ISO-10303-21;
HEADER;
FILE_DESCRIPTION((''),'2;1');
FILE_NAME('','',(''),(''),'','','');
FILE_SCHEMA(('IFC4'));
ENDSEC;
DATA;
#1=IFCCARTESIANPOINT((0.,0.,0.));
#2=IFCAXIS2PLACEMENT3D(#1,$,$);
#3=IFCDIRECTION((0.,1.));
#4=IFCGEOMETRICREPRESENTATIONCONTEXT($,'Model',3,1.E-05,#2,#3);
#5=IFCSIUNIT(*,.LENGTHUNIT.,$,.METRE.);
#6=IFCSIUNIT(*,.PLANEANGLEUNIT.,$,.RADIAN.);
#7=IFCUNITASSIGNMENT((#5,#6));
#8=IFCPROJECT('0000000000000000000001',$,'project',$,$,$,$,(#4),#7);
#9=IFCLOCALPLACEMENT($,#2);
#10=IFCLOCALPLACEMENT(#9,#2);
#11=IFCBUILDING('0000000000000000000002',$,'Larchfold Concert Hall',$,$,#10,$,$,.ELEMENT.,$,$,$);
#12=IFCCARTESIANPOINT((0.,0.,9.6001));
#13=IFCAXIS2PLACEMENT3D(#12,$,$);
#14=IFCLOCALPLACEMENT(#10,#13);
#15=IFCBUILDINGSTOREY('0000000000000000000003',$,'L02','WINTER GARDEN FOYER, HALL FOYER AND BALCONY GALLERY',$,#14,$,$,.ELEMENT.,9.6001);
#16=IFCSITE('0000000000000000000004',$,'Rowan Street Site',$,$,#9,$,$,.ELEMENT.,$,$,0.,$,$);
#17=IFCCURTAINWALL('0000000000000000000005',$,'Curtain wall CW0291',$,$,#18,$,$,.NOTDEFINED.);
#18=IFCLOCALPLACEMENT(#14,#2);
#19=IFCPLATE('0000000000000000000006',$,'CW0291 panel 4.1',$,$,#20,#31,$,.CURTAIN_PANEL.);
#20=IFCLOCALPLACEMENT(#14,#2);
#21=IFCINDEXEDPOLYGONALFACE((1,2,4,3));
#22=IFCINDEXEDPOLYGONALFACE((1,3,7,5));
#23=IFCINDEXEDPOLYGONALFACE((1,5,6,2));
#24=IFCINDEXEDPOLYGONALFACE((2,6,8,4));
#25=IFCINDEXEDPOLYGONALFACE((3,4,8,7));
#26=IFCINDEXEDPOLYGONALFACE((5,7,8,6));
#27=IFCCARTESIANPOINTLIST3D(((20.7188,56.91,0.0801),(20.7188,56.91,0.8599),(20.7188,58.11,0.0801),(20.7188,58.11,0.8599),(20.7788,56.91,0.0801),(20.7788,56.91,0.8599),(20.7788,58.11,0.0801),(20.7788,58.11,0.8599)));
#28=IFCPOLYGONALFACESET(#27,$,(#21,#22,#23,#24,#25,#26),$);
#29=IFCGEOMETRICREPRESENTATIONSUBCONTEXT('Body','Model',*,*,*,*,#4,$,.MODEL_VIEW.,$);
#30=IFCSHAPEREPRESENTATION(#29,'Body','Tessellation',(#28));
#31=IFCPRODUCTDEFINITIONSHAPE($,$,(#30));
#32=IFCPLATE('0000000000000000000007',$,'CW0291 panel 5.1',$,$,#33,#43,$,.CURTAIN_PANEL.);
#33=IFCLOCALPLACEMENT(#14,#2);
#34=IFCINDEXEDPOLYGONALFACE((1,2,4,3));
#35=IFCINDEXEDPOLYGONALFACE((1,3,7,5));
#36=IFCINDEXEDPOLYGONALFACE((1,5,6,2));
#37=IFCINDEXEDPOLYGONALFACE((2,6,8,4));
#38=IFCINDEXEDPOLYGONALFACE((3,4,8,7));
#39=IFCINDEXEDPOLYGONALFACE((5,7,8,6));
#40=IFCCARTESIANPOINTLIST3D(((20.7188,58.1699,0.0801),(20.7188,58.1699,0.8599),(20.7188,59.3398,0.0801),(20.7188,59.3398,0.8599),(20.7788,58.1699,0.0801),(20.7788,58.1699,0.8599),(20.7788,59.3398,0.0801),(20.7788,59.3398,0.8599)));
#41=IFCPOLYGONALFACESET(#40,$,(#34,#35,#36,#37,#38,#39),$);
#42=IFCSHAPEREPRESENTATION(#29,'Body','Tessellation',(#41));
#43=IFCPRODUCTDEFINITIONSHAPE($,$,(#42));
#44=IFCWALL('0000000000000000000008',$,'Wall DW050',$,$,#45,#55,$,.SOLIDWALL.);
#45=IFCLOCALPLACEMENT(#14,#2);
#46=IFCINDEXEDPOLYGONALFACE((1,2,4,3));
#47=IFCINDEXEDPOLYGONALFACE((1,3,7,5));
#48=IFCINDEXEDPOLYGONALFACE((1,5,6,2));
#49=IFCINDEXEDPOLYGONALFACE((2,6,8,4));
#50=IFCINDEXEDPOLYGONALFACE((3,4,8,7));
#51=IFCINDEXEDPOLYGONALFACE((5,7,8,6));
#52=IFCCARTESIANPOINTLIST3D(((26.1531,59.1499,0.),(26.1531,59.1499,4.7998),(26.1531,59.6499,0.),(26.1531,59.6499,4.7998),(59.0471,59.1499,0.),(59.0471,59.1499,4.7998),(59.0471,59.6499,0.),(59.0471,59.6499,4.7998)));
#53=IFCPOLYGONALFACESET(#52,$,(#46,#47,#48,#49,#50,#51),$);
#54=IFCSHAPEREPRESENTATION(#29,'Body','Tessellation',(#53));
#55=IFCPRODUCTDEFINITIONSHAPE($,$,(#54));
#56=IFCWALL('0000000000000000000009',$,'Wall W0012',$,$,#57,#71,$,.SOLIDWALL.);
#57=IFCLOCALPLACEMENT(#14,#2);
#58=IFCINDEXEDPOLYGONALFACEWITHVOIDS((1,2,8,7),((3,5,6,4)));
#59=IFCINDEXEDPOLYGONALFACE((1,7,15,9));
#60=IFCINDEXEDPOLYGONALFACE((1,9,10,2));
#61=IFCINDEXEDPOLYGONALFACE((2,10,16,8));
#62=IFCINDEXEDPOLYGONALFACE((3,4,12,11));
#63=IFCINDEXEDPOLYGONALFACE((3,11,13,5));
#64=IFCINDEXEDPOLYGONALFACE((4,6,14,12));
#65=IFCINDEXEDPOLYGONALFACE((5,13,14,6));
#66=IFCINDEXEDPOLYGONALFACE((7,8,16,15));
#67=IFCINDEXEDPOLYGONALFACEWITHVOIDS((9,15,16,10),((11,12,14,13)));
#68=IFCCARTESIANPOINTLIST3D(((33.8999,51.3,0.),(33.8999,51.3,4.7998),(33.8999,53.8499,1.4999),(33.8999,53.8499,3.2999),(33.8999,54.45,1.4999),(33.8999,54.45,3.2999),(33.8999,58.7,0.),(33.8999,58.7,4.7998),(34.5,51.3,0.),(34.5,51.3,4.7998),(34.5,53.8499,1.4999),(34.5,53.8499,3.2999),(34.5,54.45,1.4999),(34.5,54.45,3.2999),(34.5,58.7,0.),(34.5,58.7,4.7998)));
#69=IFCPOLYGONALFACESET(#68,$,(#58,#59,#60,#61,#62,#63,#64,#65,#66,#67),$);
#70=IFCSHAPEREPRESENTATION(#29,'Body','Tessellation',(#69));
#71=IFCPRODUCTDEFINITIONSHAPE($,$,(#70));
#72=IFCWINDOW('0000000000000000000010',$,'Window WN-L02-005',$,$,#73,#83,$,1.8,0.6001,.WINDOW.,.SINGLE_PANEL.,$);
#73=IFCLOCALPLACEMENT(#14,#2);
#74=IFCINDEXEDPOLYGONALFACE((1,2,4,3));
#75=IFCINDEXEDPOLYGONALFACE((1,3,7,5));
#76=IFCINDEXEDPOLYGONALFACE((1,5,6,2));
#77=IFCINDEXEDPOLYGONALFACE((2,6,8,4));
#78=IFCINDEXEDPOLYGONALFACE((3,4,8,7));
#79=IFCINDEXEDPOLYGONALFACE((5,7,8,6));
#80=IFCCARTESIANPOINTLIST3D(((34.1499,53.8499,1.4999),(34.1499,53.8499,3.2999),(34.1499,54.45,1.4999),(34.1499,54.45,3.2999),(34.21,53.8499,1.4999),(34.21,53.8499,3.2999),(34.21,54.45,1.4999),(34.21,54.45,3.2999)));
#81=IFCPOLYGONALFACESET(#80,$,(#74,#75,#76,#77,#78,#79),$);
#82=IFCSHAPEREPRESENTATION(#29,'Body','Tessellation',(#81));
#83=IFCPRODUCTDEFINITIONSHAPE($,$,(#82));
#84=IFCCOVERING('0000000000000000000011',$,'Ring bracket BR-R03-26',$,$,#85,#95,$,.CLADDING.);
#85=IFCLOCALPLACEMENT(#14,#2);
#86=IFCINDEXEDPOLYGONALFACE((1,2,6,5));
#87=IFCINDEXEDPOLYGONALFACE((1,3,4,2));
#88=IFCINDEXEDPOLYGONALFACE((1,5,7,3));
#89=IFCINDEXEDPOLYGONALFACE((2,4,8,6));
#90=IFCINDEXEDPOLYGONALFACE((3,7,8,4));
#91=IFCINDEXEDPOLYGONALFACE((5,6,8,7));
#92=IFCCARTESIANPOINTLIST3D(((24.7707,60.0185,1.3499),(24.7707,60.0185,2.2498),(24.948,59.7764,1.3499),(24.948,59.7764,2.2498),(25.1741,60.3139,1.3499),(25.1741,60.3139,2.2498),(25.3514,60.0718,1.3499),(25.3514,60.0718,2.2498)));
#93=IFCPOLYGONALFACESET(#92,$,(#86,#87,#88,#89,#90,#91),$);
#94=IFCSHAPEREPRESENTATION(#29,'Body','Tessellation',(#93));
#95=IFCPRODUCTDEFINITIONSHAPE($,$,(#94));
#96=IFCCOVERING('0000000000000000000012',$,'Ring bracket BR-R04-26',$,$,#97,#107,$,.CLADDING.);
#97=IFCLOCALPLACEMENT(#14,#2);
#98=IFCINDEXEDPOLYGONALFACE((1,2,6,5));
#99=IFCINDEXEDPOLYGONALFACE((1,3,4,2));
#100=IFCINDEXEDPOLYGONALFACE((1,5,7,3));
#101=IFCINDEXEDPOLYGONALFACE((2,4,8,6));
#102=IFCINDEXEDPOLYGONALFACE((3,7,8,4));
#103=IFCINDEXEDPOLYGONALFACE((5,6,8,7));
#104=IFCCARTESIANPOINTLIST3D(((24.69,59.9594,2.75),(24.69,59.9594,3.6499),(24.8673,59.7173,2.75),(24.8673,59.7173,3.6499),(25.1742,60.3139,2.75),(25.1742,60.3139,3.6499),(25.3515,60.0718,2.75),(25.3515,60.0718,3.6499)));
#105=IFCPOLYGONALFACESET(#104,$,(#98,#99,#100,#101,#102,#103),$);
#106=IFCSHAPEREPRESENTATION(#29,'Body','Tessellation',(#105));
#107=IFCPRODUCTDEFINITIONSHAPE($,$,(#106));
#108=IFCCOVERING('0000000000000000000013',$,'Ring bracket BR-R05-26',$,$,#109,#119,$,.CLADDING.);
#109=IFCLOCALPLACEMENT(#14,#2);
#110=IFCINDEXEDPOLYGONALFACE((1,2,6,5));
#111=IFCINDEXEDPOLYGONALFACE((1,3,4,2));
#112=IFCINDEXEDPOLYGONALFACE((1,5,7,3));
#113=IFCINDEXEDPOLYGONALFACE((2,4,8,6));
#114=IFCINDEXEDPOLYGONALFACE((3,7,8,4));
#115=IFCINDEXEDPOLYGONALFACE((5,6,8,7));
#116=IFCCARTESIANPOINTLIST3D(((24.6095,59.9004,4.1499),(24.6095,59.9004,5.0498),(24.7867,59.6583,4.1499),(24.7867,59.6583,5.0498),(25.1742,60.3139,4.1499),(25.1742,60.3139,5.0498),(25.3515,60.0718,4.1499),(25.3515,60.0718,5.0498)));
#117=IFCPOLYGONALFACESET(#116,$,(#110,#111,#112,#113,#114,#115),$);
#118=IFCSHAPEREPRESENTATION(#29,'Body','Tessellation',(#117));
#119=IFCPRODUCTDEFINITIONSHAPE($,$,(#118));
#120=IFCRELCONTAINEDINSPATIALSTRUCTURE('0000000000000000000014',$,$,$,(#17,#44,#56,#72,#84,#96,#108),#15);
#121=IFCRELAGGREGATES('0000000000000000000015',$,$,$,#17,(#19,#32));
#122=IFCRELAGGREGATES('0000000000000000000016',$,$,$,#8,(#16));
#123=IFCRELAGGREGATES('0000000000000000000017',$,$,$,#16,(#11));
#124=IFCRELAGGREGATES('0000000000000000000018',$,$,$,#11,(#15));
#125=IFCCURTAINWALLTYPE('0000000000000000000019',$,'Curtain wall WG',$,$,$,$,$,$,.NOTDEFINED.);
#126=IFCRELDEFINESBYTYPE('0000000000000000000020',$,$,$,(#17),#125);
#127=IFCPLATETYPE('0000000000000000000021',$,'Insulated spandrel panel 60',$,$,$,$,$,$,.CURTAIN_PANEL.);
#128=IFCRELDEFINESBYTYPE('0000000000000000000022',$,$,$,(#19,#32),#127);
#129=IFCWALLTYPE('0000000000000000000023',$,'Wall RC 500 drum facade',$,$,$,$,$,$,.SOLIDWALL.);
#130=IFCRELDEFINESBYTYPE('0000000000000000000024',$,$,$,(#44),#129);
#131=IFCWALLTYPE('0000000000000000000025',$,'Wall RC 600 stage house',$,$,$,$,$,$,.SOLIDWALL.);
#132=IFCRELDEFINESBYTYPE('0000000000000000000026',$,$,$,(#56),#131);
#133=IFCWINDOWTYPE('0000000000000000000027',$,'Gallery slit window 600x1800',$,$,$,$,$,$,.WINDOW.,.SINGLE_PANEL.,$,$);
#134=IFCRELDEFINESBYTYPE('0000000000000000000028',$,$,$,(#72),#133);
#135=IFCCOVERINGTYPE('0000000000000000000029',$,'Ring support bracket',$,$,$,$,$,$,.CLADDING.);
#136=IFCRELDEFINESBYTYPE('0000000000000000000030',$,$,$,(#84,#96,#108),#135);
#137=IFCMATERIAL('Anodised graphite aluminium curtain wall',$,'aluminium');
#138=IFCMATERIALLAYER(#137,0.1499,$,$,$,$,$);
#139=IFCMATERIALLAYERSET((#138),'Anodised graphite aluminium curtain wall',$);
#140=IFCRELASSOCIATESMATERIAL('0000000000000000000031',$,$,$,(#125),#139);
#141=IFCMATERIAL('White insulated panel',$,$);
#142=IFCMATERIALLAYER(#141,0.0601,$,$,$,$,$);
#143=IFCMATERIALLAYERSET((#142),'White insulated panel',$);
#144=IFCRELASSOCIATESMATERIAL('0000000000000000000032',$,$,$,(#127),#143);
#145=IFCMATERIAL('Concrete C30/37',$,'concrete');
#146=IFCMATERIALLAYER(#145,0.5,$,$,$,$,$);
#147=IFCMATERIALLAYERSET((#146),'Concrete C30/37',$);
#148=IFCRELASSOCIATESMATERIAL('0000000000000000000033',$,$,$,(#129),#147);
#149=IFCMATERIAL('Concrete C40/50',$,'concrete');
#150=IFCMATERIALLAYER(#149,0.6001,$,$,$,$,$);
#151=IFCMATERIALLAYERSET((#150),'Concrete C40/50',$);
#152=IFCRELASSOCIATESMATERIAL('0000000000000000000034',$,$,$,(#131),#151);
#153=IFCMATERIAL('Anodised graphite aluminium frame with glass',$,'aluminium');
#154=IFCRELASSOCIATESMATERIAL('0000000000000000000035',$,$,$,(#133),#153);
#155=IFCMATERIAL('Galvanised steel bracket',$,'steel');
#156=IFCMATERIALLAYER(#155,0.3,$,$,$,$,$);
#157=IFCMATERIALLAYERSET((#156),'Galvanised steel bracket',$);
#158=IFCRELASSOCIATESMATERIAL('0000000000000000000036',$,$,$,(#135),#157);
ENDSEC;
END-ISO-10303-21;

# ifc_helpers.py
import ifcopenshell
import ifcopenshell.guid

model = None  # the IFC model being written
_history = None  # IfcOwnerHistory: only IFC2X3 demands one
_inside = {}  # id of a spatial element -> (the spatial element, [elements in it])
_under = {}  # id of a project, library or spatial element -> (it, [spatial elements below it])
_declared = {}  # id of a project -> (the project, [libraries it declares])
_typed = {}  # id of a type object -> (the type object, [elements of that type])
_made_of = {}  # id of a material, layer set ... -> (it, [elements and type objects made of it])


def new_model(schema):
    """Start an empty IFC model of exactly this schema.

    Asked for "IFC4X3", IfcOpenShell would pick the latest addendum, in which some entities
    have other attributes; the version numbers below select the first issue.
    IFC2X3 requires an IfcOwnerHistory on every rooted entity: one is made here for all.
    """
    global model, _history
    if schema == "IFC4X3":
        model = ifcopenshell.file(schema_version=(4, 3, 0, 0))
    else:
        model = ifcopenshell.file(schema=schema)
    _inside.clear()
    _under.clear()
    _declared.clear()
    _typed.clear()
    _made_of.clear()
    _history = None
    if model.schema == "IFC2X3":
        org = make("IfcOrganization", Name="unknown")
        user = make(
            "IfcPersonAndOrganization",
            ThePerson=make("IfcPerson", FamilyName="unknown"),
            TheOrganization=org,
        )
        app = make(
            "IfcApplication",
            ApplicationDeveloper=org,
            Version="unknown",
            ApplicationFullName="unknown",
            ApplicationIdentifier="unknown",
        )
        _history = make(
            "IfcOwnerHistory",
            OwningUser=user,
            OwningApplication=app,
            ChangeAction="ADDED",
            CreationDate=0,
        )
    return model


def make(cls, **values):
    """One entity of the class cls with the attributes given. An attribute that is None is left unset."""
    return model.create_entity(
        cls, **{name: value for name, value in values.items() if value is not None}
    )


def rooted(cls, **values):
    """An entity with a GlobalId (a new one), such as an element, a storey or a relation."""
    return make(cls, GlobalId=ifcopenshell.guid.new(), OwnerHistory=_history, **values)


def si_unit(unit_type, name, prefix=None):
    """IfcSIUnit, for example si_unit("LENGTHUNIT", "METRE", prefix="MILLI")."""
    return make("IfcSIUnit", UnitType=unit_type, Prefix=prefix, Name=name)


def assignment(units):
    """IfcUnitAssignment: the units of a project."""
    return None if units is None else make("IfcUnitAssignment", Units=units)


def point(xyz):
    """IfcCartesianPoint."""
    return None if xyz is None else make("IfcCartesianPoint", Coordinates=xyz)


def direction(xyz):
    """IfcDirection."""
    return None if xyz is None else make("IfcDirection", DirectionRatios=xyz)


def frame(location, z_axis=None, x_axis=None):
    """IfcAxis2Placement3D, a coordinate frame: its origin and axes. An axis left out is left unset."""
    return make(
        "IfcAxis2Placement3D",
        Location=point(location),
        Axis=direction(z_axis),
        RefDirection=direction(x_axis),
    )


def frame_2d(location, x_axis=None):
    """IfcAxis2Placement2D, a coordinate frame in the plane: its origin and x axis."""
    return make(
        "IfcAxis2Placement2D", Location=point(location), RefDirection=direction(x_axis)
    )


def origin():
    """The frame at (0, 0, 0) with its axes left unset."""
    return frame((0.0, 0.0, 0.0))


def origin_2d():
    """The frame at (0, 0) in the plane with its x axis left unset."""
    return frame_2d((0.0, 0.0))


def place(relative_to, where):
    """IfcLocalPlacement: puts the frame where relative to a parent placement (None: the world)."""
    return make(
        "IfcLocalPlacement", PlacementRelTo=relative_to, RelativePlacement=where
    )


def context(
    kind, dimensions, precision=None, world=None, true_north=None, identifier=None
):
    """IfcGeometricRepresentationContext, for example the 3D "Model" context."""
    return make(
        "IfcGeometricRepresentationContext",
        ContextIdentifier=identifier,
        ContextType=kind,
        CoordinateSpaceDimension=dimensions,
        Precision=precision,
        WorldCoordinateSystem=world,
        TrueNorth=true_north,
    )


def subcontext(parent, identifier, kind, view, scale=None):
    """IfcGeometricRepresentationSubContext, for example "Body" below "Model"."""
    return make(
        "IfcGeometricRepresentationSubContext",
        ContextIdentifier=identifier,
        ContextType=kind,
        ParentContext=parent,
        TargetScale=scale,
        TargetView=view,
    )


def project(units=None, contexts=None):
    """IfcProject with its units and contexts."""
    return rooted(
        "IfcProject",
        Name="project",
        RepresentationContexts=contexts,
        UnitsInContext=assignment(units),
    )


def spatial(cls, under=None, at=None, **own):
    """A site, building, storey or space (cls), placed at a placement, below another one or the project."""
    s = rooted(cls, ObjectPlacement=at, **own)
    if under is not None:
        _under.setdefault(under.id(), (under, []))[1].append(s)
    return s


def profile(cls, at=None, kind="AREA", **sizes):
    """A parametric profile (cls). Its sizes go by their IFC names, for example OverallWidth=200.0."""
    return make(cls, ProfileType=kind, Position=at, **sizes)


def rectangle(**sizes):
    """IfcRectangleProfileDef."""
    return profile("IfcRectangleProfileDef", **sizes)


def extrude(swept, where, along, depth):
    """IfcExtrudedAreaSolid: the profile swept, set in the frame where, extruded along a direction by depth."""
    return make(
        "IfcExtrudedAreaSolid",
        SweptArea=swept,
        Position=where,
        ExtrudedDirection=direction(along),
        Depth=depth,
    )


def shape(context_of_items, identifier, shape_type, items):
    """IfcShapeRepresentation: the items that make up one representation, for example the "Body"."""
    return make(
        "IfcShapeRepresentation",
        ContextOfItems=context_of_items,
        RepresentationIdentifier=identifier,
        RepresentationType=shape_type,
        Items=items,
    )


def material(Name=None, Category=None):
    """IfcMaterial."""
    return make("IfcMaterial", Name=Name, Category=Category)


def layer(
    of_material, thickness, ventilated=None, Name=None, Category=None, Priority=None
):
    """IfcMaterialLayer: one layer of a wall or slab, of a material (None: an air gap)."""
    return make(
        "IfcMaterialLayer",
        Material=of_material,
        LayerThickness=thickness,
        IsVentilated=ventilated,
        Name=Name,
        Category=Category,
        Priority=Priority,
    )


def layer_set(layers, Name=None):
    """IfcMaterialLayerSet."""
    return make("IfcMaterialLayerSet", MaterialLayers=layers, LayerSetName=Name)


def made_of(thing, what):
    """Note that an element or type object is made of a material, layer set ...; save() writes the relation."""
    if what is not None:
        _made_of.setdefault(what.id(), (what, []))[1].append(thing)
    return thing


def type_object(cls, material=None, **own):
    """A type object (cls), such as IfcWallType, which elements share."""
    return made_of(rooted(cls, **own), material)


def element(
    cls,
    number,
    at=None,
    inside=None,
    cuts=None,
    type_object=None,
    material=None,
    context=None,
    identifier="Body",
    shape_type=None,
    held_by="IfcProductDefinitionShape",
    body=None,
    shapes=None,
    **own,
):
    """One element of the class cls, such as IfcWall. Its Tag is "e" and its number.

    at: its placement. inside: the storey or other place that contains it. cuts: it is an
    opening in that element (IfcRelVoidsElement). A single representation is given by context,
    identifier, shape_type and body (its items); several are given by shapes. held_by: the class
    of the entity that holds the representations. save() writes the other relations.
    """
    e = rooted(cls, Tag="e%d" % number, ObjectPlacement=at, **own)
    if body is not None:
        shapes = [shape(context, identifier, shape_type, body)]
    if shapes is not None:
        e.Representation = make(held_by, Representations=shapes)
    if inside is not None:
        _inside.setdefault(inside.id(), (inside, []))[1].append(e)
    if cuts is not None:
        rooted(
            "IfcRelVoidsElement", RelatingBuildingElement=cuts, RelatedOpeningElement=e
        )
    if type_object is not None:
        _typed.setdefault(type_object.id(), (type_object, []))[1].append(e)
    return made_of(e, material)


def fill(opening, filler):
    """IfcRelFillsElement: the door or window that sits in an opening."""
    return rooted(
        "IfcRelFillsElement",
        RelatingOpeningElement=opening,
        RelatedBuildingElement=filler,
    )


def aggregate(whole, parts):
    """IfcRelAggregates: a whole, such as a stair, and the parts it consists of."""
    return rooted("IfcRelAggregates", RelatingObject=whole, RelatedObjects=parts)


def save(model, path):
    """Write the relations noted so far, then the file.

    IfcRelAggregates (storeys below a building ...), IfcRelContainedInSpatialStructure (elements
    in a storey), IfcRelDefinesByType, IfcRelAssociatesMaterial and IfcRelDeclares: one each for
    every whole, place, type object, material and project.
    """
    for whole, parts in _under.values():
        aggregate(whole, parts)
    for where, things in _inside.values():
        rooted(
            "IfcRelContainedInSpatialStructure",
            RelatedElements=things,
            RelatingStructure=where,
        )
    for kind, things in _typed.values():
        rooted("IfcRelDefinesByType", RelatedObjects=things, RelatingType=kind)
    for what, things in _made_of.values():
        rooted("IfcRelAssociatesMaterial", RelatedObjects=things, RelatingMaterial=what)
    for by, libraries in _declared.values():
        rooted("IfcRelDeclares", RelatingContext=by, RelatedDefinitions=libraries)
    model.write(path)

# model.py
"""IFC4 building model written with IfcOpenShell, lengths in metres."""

from ifc_helpers import new_model, si_unit, direction, frame, frame_2d, origin, origin_2d, place, context, subcontext, project, spatial, rectangle, extrude, material, layer, layer_set, type_object, element, fill, aggregate, save


model = new_model("IFC4")

# Units and contexts
model_context = context("Model", 3, precision=1e-05, world=origin(), true_north=direction((0.0, 1.0)))
body_context = subcontext(model_context, "Body", "Model", "MODEL_VIEW")
ifc_project = project(units=[si_unit("LENGTHUNIT", "METRE"), si_unit("PLANEANGLEUNIT", "RADIAN")], contexts=[model_context])

# Site, building, storey
site_placement = place(None, origin())
site = spatial("IfcSite", under=ifc_project, at=site_placement, Name="Rowan Street Site", CompositionType="ELEMENT", RefElevation=0.0)
building_placement = place(site_placement, origin())
building = spatial("IfcBuilding", under=site, at=building_placement, Name="Larchfold Concert Hall", CompositionType="ELEMENT")
storey_placement = place(building_placement, frame((0.0, 0.0, 9.6001)))
storey = spatial("IfcBuildingStorey", under=building, at=storey_placement, Name="L02", Description="WINTER GARDEN FOYER, HALL FOYER AND BALCONY GALLERY", CompositionType="ELEMENT", Elevation=9.6001)

# Curtain wall
ifc_material_1 = material(Name="Anodised graphite aluminium curtain wall", Category="aluminium")
ifc_layer_1 = layer(ifc_material_1, 0.1499)
ifc_layer_set_1 = layer_set([ifc_layer_1], Name="Anodised graphite aluminium curtain wall")
curtain_wall_type = type_object("IfcCurtainWallType", Name="Curtain wall WG", PredefinedType="NOTDEFINED", material=ifc_layer_set_1)
curtain_wall_placement = place(storey_placement, origin())
curtain_wall = element("IfcCurtainWall", 1, at=curtain_wall_placement, inside=storey, type_object=curtain_wall_type, Name="Curtain wall CW0291", PredefinedType="NOTDEFINED")

# Plates
ifc_material_2 = material(Name="White insulated panel")
ifc_layer_2 = layer(ifc_material_2, 0.0601)
ifc_layer_set_2 = layer_set([ifc_layer_2], Name="White insulated panel")
plate_type_1 = type_object("IfcPlateType", Name="Insulated spandrel panel 60", PredefinedType="CURTAIN_PANEL", material=ifc_layer_set_2)
plate_1_placement = place(storey_placement, frame((20.7488, 57.51, 0.0801), z_axis=(0.0, 0.0, 1.0), x_axis=(0.0, 1.0, 0.0)))
plate_1 = element("IfcPlate", 2, at=plate_1_placement, type_object=plate_type_1, Name="CW0291 panel 4.1", PredefinedType="CURTAIN_PANEL", context=body_context, shape_type="SweptSolid", body=[
    extrude(rectangle(XDim=1.2, YDim=0.0601, at=origin_2d()), origin(), (0.0, 0.0, 1.0), 0.7798),
])
plate_2_placement = place(storey_placement, frame((20.7488, 58.7549, 0.0801), z_axis=(0.0, 0.0, 1.0), x_axis=(0.0, 1.0, 0.0)))
plate_2 = element("IfcPlate", 3, at=plate_2_placement, type_object=plate_type_1, Name="CW0291 panel 5.1", PredefinedType="CURTAIN_PANEL", context=body_context, shape_type="SweptSolid", body=[
    extrude(rectangle(XDim=1.1699, YDim=0.0601, at=origin_2d()), origin(), (0.0, 0.0, 1.0), 0.7798),
])
aggregate(curtain_wall, [plate_1, plate_2])

# Wall
ifc_material_3 = material(Name="Concrete C30/37", Category="concrete")
ifc_layer_3 = layer(ifc_material_3, 0.5)
ifc_layer_set_3 = layer_set([ifc_layer_3], Name="Concrete C30/37")
wall_type_1 = type_object("IfcWallType", Name="Wall RC 500 drum facade", PredefinedType="SOLIDWALL", material=ifc_layer_set_3)
wall_1_placement = place(storey_placement, frame((26.1531, 59.3999, 0.0), z_axis=(0.0, 0.0, 1.0), x_axis=(1.0, 0.0, 0.0)))
element("IfcWall", 4, at=wall_1_placement, inside=storey, type_object=wall_type_1, Name="Wall DW050", PredefinedType="SOLIDWALL", context=body_context, shape_type="SweptSolid", body=[
    extrude(rectangle(XDim=32.894, YDim=0.5, at=frame_2d((16.447, 0.0))), origin(), (0.0, 0.0, 1.0), 4.7998),
])

# Wall, opening, window
ifc_material_4 = material(Name="Concrete C40/50", Category="concrete")
ifc_layer_4 = layer(ifc_material_4, 0.6001)
ifc_layer_set_4 = layer_set([ifc_layer_4], Name="Concrete C40/50")
wall_type_2 = type_object("IfcWallType", Name="Wall RC 600 stage house", PredefinedType="SOLIDWALL", material=ifc_layer_set_4)
wall_2_placement = place(storey_placement, frame((34.2, 58.7, 0.0), z_axis=(0.0, 0.0, 1.0), x_axis=(0.0, -1.0, 0.0)))
wall_2 = element("IfcWall", 5, at=wall_2_placement, inside=storey, type_object=wall_type_2, Name="Wall W0012", PredefinedType="SOLIDWALL", context=body_context, shape_type="SweptSolid", body=[
    extrude(rectangle(XDim=7.3999, YDim=0.6001, at=frame_2d((3.7, 0.0))), origin(), (0.0, 0.0, 1.0), 4.7998),
])
opening_placement = place(wall_2_placement, frame((4.25, 0.0, 1.5)))
opening = element("IfcOpeningElement", 6, at=opening_placement, cuts=wall_2, PredefinedType="OPENING", context=body_context, shape_type="SweptSolid", body=[
    extrude(rectangle(XDim=0.6001, YDim=1.8, at=frame_2d((0.3, 0.8999))), frame((0.0, 0.3101, 0.0), z_axis=(0.0, -1.0, 0.0), x_axis=(1.0, 0.0, 0.0)), (0.0, 0.0, 1.0), 0.6201),
])
ifc_material_5 = material(Name="Anodised graphite aluminium frame with glass", Category="aluminium")
window_type = type_object("IfcWindowType", Name="Gallery slit window 600x1800", PartitioningType="SINGLE_PANEL", PredefinedType="WINDOW", material=ifc_material_5)
window_placement = place(opening_placement, origin())
window = element("IfcWindow", 7, at=window_placement, inside=storey, type_object=window_type, Name="Window WN-L02-005", OverallHeight=1.8, OverallWidth=0.6001, PartitioningType="SINGLE_PANEL", PredefinedType="WINDOW", context=body_context, shape_type="SweptSolid", body=[
    extrude(rectangle(XDim=0.6001, YDim=1.8, at=frame_2d((0.3, 0.8999))), frame((0.0, 0.01, 0.0), z_axis=(0.0, -1.0, 0.0), x_axis=(1.0, 0.0, 0.0)), (0.0, 0.0, 1.0), 0.0601),
])
fill(opening, window)

# Coverings
ifc_material_6 = material(Name="Galvanised steel bracket", Category="steel")
ifc_layer_5 = layer(ifc_material_6, 0.3)
ifc_layer_set_5 = layer_set([ifc_layer_5], Name="Galvanised steel bracket")
covering_type = type_object("IfcCoveringType", Name="Ring support bracket", PredefinedType="CLADDING", material=ifc_layer_set_5)
covering_1_placement = place(storey_placement, frame((25.061, 60.0452, 1.3499), z_axis=(0.0, 0.0, 1.0), x_axis=(-0.806849, -0.590758, 0.0)))
element("IfcCovering", 8, at=covering_1_placement, inside=storey, type_object=covering_type, Name="Ring bracket BR-R03-26", PredefinedType="CLADDING", context=body_context, shape_type="SweptSolid", body=[
    extrude(rectangle(XDim=0.5, YDim=0.3, at=origin_2d()), origin(), (0.0, 0.0, 1.0), 0.8999),
])
covering_2_placement = place(storey_placement, frame((25.0208, 60.0156, 2.75), z_axis=(0.0, 0.0, 1.0), x_axis=(-0.806849, -0.590758, 0.0)))
element("IfcCovering", 9, at=covering_2_placement, inside=storey, type_object=covering_type, Name="Ring bracket BR-R04-26", PredefinedType="CLADDING", context=body_context, shape_type="SweptSolid", body=[
    extrude(rectangle(XDim=0.6001, YDim=0.3, at=origin_2d()), origin(), (0.0, 0.0, 1.0), 0.8999),
])
covering_3_placement = place(storey_placement, frame((24.9805, 59.9861, 4.1499), z_axis=(0.0, 0.0, 1.0), x_axis=(-0.806849, -0.590758, 0.0)))
element("IfcCovering", 10, at=covering_3_placement, inside=storey, type_object=covering_type, Name="Ring bracket BR-R05-26", PredefinedType="CLADDING", context=body_context, shape_type="SweptSolid", body=[
    extrude(rectangle(XDim=0.7, YDim=0.3, at=origin_2d()), origin(), (0.0, 0.0, 1.0), 0.8999),
])

save(model, "model.ifc")
